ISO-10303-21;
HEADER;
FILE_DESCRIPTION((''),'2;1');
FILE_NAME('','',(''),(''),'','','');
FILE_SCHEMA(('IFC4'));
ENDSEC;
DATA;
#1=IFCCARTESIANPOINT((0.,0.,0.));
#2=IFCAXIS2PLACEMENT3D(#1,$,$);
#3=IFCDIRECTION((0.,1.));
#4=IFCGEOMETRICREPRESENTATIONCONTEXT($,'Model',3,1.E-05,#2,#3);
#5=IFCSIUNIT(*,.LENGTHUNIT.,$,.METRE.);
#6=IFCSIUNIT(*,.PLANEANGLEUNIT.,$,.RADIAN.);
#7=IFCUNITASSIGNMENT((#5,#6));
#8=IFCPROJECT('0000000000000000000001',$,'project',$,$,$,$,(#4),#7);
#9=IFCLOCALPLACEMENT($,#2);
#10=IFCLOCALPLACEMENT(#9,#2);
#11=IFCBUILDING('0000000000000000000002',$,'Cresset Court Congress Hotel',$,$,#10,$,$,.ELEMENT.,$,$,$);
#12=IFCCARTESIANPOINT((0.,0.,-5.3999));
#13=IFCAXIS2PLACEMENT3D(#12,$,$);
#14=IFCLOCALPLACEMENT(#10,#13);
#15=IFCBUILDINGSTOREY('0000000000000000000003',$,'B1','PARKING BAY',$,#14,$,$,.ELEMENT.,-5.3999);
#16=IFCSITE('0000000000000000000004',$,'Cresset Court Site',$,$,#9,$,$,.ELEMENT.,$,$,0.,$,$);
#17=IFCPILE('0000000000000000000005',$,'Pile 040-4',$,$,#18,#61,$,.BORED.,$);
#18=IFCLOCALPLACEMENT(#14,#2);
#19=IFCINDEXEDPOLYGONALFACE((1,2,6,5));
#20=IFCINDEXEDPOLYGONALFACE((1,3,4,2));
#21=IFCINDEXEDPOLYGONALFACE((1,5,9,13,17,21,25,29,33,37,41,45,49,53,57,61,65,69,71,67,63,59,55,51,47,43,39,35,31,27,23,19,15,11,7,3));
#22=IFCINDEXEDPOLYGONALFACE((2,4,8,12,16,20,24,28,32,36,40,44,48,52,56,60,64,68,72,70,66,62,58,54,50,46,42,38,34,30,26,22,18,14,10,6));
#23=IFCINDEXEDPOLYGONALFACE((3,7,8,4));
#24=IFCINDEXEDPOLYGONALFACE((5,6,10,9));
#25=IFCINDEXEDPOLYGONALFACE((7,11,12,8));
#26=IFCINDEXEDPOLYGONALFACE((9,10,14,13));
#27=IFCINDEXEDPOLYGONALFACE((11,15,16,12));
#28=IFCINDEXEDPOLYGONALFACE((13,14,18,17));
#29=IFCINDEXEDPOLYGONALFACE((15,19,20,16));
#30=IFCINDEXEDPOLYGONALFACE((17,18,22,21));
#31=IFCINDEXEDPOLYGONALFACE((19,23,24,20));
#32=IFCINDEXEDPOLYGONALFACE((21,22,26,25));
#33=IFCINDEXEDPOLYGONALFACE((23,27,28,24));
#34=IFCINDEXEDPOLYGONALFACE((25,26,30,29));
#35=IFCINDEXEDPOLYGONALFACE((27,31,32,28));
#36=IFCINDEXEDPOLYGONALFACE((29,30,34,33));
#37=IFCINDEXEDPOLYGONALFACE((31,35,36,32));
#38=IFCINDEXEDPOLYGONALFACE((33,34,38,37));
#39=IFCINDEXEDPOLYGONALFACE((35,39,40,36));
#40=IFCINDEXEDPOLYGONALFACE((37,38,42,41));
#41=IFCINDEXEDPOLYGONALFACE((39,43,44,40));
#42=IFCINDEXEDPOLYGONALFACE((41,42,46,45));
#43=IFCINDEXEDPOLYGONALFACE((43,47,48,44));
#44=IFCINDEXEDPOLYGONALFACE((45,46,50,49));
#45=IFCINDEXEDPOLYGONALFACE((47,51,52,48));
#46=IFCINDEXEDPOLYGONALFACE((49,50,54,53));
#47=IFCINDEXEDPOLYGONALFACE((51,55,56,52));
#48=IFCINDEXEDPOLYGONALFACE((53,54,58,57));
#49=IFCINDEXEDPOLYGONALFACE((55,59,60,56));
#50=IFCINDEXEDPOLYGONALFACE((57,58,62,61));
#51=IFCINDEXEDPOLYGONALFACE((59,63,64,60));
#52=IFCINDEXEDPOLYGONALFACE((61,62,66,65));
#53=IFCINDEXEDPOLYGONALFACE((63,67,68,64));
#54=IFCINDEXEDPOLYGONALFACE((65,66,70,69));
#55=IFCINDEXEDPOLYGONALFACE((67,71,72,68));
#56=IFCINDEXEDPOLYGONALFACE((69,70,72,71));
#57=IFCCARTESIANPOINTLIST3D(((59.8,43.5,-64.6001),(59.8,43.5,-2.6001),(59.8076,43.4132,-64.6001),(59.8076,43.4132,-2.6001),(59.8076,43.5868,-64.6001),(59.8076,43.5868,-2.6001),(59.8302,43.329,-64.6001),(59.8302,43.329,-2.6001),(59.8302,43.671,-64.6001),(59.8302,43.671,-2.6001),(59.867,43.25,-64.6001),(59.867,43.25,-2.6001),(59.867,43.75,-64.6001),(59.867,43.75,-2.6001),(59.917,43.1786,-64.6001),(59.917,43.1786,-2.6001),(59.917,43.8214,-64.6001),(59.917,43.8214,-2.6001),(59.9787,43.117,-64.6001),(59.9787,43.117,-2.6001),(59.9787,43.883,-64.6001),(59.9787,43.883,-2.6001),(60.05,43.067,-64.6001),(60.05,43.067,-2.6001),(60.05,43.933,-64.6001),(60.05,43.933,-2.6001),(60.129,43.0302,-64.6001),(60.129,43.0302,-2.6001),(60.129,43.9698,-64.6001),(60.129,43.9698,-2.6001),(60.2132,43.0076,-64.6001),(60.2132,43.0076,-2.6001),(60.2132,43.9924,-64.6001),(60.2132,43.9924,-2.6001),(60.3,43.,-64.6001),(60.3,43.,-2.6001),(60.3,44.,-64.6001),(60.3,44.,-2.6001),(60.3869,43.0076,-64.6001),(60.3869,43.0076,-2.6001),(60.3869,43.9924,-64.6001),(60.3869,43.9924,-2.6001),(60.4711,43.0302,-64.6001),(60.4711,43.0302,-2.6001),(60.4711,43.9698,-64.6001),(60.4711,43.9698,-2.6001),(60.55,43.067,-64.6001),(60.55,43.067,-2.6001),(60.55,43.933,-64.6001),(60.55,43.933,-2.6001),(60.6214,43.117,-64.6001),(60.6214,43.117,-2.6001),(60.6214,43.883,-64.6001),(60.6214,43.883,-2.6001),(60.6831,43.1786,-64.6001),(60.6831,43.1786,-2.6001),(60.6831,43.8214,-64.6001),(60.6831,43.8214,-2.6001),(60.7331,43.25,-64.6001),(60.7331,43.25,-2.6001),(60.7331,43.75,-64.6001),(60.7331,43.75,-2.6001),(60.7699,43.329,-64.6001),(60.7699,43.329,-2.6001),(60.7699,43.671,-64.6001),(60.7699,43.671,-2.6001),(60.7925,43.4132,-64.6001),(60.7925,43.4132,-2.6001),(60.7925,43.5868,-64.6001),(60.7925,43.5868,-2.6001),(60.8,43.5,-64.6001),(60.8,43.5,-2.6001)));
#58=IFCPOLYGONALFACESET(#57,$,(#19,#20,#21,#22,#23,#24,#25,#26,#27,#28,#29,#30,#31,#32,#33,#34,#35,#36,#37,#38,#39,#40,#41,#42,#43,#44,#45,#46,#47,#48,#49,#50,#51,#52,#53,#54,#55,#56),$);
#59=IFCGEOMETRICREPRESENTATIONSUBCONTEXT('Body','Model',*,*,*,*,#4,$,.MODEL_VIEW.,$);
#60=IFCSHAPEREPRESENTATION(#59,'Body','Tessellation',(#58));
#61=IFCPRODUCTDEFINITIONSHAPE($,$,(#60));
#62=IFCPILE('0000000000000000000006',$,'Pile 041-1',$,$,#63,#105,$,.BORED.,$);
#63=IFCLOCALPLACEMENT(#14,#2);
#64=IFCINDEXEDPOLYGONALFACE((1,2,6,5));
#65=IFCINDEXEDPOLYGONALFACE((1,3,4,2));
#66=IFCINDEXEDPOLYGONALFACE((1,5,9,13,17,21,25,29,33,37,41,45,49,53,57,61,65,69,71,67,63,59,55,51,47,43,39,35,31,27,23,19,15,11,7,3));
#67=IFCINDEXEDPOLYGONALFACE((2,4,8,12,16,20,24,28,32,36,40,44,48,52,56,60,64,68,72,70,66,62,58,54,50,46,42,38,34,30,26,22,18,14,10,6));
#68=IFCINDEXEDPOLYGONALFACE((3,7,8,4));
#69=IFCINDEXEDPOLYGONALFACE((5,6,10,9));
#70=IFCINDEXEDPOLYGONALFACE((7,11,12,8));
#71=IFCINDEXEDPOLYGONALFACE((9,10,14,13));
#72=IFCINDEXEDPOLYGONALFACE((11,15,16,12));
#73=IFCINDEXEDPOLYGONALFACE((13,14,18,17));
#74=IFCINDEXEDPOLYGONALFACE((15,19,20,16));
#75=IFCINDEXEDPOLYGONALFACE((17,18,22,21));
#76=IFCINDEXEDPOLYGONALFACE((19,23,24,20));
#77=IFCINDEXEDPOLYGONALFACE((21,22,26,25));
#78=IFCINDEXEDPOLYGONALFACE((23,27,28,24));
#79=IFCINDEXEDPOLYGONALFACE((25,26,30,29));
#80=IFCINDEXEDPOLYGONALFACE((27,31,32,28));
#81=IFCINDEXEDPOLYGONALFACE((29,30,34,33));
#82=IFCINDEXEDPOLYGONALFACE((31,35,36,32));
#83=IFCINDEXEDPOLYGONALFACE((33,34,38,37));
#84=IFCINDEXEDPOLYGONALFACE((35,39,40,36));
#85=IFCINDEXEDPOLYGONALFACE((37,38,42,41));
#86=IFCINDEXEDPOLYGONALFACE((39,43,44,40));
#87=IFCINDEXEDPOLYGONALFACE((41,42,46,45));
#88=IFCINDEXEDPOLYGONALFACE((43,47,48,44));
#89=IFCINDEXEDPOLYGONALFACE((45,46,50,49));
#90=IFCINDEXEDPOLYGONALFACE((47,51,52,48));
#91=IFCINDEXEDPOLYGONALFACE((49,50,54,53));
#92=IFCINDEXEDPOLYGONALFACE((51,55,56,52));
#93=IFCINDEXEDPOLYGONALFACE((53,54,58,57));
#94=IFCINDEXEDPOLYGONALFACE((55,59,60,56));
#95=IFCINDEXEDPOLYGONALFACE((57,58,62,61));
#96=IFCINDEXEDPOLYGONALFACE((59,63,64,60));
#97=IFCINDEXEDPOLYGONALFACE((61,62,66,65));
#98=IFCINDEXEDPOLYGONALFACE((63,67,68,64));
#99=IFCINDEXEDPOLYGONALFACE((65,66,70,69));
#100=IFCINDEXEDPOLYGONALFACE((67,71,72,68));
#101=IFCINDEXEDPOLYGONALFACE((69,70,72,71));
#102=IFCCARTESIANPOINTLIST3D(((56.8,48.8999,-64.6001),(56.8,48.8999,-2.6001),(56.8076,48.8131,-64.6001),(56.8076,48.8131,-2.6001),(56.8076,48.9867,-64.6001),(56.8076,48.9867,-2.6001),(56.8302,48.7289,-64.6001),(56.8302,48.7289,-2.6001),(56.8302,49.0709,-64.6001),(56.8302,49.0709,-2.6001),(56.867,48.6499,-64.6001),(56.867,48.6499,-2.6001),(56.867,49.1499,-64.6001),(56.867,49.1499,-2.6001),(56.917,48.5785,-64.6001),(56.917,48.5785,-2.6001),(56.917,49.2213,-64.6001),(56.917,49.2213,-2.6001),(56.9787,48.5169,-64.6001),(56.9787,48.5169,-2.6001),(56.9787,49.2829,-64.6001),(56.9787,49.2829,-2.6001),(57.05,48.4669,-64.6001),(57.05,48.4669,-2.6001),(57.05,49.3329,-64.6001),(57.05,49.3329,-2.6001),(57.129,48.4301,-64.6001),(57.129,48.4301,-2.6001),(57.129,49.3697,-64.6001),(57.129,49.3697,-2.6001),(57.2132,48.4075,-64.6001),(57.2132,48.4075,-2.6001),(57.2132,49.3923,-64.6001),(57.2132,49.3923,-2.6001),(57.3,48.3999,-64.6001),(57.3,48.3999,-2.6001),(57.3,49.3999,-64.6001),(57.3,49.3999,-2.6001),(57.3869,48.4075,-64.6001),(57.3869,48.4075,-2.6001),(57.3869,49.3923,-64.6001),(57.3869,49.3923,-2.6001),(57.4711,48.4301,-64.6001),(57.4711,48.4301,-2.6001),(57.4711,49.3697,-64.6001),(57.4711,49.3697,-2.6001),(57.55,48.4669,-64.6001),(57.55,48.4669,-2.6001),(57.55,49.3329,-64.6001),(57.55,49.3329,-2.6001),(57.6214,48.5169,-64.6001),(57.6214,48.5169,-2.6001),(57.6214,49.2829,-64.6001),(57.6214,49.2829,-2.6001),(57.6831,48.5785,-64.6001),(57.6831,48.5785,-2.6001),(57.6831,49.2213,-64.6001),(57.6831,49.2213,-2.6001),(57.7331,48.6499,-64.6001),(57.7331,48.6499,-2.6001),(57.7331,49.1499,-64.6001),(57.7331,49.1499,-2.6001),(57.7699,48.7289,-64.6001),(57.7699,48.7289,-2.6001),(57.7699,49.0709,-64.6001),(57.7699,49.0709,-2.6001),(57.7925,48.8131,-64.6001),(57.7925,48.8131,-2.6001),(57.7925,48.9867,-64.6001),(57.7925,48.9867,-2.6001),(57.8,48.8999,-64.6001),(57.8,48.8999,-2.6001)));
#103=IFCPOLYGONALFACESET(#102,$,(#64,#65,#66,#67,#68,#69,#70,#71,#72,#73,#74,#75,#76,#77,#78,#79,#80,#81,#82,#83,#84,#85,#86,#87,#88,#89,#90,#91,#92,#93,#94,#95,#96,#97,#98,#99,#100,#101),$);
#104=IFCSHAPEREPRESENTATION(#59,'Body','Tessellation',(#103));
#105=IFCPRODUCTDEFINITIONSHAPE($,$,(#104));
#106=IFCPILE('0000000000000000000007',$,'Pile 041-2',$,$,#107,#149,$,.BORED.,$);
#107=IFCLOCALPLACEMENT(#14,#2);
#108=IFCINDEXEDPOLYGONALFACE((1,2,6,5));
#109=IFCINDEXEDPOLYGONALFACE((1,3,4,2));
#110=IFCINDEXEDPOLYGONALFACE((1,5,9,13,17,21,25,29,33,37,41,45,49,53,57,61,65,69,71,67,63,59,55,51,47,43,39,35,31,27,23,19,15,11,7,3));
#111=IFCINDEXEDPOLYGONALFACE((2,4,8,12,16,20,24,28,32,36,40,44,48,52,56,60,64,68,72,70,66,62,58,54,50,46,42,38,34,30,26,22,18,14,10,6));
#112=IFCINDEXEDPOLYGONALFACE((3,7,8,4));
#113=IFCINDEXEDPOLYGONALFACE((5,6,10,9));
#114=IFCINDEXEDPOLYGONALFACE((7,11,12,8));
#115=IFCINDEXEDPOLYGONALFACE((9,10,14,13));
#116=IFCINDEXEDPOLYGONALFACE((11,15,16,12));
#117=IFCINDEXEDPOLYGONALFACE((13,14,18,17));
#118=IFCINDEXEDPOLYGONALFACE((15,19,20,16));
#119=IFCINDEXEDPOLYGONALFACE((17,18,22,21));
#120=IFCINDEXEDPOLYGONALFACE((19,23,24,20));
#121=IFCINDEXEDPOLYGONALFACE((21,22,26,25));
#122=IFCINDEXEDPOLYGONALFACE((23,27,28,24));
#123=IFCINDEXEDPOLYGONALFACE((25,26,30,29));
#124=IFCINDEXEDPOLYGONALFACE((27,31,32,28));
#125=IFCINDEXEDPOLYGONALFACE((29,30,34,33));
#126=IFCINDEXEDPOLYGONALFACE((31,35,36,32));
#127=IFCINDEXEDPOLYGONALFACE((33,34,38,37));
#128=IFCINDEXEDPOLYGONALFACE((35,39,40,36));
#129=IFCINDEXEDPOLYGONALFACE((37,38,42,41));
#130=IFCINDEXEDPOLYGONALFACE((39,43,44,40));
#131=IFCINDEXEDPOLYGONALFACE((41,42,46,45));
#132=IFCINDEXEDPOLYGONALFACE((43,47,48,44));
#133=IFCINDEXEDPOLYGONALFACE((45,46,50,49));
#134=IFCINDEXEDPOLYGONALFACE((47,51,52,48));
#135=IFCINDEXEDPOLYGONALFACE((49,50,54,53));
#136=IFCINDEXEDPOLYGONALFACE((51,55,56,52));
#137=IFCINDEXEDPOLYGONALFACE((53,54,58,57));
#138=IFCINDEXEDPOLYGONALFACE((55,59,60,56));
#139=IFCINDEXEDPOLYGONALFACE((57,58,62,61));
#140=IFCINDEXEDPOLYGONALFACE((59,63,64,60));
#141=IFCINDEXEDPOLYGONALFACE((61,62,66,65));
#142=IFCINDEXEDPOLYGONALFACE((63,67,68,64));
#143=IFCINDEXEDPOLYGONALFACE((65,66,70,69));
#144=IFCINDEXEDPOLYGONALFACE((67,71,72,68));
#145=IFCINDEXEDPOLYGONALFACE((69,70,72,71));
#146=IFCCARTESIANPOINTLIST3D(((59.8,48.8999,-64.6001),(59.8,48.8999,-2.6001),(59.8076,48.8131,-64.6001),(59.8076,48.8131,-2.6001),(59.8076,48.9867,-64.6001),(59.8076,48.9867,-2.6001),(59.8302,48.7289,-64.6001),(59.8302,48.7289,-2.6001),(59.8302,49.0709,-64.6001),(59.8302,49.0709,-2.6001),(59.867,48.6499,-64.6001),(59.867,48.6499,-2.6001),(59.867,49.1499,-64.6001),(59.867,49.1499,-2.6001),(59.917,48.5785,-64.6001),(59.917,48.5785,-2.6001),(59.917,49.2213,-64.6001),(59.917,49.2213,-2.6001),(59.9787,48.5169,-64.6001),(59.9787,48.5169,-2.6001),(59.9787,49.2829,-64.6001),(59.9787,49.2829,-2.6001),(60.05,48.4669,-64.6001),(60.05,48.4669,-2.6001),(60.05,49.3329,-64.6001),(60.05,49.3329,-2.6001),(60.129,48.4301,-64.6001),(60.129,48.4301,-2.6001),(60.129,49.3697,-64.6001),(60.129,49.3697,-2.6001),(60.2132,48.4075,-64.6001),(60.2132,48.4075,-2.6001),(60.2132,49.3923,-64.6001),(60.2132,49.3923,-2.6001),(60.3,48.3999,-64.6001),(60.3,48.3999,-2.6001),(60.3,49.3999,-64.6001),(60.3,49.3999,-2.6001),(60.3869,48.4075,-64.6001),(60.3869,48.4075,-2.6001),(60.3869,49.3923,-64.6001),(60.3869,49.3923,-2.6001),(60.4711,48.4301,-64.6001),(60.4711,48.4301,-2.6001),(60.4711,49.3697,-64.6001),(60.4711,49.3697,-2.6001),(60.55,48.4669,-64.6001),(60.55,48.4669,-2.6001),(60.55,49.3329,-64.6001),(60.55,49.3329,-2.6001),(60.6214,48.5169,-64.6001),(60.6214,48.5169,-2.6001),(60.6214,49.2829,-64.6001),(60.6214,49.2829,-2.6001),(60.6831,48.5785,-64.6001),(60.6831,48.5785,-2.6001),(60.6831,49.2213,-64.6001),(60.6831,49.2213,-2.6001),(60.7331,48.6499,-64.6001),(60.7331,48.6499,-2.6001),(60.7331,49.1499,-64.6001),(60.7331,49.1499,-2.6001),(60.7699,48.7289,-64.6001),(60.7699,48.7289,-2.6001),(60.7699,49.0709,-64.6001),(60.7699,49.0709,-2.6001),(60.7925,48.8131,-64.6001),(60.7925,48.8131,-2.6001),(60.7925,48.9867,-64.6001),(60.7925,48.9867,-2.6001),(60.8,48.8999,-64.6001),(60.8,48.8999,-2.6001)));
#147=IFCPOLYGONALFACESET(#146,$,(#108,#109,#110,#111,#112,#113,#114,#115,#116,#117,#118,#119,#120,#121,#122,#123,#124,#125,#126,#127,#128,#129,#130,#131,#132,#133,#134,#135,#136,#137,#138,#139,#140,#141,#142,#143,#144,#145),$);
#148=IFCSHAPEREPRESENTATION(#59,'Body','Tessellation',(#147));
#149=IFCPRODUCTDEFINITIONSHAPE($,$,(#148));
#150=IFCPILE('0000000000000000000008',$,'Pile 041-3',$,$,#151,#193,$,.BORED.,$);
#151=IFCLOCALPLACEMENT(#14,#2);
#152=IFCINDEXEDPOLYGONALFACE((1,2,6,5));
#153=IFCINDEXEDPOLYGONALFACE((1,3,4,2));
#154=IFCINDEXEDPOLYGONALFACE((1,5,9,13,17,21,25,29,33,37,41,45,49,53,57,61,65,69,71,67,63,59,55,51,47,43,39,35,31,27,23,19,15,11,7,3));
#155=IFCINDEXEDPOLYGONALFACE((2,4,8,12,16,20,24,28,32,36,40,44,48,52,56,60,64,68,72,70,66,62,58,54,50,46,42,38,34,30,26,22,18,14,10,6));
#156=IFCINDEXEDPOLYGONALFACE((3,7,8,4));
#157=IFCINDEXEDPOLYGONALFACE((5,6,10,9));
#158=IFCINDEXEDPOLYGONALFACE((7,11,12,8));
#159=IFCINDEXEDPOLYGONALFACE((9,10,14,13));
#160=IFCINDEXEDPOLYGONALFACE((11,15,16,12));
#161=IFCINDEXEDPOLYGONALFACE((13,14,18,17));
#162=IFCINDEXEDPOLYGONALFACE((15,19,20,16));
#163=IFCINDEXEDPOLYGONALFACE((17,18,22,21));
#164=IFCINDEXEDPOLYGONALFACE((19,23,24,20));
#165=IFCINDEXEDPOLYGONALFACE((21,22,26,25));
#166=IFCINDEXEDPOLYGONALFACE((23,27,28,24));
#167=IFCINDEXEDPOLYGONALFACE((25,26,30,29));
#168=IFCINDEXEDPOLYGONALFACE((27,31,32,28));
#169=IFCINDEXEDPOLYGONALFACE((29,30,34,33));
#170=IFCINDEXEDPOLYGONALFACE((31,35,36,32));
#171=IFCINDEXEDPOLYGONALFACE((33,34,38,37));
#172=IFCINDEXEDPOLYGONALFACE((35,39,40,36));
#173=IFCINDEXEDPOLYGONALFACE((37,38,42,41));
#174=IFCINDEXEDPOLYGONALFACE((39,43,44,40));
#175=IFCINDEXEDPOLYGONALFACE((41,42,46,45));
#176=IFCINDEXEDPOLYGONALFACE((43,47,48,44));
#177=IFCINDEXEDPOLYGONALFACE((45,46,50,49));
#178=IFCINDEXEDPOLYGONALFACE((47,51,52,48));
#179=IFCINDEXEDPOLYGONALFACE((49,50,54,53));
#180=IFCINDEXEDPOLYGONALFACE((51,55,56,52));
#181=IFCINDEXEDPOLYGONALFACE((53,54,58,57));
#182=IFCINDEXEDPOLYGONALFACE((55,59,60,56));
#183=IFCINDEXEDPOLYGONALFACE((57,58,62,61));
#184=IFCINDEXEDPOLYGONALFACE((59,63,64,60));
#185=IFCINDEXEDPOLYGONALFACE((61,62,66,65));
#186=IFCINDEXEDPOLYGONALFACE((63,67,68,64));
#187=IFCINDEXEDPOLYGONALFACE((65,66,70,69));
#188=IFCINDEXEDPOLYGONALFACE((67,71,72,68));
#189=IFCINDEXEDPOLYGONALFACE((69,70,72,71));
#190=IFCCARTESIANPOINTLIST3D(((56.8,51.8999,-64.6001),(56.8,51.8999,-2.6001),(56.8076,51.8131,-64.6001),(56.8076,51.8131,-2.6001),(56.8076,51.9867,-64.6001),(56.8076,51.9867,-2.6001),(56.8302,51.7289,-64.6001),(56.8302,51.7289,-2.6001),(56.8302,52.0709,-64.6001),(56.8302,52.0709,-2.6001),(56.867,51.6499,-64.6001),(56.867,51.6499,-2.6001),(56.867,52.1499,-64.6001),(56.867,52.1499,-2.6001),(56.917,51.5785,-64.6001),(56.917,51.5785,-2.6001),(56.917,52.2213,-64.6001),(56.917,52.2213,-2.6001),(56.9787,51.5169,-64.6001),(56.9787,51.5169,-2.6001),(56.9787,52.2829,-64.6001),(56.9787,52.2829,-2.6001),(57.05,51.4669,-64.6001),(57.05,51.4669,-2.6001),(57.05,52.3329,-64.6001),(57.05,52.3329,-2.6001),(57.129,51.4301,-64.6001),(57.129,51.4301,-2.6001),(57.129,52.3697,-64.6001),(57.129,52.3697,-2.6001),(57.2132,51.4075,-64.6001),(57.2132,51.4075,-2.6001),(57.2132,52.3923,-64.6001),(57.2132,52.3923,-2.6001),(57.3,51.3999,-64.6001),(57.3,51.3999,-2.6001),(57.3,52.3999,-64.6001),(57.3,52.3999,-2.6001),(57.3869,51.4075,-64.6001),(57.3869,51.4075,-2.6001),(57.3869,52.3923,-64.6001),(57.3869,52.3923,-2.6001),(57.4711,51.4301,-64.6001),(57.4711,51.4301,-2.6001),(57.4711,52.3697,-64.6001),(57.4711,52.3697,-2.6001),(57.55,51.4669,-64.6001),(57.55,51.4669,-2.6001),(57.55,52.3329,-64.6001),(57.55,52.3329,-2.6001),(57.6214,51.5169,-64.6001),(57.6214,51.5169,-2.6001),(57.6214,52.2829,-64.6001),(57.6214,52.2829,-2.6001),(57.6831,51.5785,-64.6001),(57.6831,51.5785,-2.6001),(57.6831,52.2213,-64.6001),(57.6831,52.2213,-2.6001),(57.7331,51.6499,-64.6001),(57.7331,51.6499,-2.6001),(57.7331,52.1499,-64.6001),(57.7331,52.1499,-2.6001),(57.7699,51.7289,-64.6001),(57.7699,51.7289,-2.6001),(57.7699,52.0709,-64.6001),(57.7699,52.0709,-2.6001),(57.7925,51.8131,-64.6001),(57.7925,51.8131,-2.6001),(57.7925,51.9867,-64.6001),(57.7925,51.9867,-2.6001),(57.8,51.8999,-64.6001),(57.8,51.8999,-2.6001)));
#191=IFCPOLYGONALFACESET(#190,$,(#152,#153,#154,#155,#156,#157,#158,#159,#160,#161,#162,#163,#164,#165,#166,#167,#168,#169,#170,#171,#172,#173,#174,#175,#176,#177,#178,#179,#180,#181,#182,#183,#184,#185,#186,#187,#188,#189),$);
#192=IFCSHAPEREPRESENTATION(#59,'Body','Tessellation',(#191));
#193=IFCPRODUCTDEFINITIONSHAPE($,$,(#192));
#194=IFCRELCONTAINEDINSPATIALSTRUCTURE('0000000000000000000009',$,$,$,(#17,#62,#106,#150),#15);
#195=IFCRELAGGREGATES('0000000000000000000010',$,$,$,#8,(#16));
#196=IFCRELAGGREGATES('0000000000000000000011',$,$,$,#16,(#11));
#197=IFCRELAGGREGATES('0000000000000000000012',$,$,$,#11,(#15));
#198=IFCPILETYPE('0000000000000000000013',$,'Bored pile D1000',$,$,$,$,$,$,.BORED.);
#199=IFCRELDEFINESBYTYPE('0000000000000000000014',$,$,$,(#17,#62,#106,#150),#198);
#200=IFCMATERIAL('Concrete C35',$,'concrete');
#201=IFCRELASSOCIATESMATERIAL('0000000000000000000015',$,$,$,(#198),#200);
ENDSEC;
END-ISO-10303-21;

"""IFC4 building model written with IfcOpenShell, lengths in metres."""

from ifc_helpers import new_model, si_unit, direction, frame, origin, origin_2d, place, context, subcontext, project, spatial, circle, extrude, material, type_object, element, save


model = new_model("IFC4")

# Units and contexts
model_context = context("Model", 3, precision=1e-05, world=origin(), true_north=direction((0.0, 1.0)))
body_context = subcontext(model_context, "Body", "Model", "MODEL_VIEW")
ifc_project = project(units=[si_unit("LENGTHUNIT", "METRE"), si_unit("PLANEANGLEUNIT", "RADIAN")], contexts=[model_context])

# Site, building, storey
site_placement = place(None, origin())
site = spatial("IfcSite", under=ifc_project, at=site_placement, Name="Cresset Court Site", CompositionType="ELEMENT", RefElevation=0.0)
building_placement = place(site_placement, origin())
building = spatial("IfcBuilding", under=site, at=building_placement, Name="Cresset Court Congress Hotel", CompositionType="ELEMENT")
storey_placement = place(building_placement, frame((0.0, 0.0, -5.3999)))
storey = spatial("IfcBuildingStorey", under=building, at=storey_placement, Name="B1", Description="PARKING BAY", CompositionType="ELEMENT", Elevation=-5.3999)

# Piles
ifc_material_1 = material(Name="Concrete C35", Category="concrete")
pile_type = type_object("IfcPileType", Name="Bored pile D1000", PredefinedType="BORED", material=ifc_material_1)
for number, where, z_axis, x_axis, name in (
    (1, (60.3, 43.5, -2.6001), (0.0, 0.0, -1.0), (1.0, 0.0, 0.0), "Pile 040-4"),
    (2, (57.3, 48.8999, -2.6001), (0.0, 0.0, -1.0), (1.0, 0.0, 0.0), "Pile 041-1"),
    (3, (60.3, 48.8999, -2.6001), (0.0, 0.0, -1.0), (1.0, 0.0, 0.0), "Pile 041-2"),
    (4, (57.3, 51.8999, -2.6001), (0.0, 0.0, -1.0), (1.0, 0.0, 0.0), "Pile 041-3"),
):
    element("IfcPile", number, at=place(storey_placement, frame(where, z_axis=z_axis, x_axis=x_axis)), inside=storey, type_object=pile_type, Name=name, PredefinedType="BORED", context=body_context, shape_type="SweptSolid", body=[
        extrude(circle(Radius=0.5, at=origin_2d()), origin(), (0.0, 0.0, 1.0), 62.0),
    ])

save(model, "model.ifc")
